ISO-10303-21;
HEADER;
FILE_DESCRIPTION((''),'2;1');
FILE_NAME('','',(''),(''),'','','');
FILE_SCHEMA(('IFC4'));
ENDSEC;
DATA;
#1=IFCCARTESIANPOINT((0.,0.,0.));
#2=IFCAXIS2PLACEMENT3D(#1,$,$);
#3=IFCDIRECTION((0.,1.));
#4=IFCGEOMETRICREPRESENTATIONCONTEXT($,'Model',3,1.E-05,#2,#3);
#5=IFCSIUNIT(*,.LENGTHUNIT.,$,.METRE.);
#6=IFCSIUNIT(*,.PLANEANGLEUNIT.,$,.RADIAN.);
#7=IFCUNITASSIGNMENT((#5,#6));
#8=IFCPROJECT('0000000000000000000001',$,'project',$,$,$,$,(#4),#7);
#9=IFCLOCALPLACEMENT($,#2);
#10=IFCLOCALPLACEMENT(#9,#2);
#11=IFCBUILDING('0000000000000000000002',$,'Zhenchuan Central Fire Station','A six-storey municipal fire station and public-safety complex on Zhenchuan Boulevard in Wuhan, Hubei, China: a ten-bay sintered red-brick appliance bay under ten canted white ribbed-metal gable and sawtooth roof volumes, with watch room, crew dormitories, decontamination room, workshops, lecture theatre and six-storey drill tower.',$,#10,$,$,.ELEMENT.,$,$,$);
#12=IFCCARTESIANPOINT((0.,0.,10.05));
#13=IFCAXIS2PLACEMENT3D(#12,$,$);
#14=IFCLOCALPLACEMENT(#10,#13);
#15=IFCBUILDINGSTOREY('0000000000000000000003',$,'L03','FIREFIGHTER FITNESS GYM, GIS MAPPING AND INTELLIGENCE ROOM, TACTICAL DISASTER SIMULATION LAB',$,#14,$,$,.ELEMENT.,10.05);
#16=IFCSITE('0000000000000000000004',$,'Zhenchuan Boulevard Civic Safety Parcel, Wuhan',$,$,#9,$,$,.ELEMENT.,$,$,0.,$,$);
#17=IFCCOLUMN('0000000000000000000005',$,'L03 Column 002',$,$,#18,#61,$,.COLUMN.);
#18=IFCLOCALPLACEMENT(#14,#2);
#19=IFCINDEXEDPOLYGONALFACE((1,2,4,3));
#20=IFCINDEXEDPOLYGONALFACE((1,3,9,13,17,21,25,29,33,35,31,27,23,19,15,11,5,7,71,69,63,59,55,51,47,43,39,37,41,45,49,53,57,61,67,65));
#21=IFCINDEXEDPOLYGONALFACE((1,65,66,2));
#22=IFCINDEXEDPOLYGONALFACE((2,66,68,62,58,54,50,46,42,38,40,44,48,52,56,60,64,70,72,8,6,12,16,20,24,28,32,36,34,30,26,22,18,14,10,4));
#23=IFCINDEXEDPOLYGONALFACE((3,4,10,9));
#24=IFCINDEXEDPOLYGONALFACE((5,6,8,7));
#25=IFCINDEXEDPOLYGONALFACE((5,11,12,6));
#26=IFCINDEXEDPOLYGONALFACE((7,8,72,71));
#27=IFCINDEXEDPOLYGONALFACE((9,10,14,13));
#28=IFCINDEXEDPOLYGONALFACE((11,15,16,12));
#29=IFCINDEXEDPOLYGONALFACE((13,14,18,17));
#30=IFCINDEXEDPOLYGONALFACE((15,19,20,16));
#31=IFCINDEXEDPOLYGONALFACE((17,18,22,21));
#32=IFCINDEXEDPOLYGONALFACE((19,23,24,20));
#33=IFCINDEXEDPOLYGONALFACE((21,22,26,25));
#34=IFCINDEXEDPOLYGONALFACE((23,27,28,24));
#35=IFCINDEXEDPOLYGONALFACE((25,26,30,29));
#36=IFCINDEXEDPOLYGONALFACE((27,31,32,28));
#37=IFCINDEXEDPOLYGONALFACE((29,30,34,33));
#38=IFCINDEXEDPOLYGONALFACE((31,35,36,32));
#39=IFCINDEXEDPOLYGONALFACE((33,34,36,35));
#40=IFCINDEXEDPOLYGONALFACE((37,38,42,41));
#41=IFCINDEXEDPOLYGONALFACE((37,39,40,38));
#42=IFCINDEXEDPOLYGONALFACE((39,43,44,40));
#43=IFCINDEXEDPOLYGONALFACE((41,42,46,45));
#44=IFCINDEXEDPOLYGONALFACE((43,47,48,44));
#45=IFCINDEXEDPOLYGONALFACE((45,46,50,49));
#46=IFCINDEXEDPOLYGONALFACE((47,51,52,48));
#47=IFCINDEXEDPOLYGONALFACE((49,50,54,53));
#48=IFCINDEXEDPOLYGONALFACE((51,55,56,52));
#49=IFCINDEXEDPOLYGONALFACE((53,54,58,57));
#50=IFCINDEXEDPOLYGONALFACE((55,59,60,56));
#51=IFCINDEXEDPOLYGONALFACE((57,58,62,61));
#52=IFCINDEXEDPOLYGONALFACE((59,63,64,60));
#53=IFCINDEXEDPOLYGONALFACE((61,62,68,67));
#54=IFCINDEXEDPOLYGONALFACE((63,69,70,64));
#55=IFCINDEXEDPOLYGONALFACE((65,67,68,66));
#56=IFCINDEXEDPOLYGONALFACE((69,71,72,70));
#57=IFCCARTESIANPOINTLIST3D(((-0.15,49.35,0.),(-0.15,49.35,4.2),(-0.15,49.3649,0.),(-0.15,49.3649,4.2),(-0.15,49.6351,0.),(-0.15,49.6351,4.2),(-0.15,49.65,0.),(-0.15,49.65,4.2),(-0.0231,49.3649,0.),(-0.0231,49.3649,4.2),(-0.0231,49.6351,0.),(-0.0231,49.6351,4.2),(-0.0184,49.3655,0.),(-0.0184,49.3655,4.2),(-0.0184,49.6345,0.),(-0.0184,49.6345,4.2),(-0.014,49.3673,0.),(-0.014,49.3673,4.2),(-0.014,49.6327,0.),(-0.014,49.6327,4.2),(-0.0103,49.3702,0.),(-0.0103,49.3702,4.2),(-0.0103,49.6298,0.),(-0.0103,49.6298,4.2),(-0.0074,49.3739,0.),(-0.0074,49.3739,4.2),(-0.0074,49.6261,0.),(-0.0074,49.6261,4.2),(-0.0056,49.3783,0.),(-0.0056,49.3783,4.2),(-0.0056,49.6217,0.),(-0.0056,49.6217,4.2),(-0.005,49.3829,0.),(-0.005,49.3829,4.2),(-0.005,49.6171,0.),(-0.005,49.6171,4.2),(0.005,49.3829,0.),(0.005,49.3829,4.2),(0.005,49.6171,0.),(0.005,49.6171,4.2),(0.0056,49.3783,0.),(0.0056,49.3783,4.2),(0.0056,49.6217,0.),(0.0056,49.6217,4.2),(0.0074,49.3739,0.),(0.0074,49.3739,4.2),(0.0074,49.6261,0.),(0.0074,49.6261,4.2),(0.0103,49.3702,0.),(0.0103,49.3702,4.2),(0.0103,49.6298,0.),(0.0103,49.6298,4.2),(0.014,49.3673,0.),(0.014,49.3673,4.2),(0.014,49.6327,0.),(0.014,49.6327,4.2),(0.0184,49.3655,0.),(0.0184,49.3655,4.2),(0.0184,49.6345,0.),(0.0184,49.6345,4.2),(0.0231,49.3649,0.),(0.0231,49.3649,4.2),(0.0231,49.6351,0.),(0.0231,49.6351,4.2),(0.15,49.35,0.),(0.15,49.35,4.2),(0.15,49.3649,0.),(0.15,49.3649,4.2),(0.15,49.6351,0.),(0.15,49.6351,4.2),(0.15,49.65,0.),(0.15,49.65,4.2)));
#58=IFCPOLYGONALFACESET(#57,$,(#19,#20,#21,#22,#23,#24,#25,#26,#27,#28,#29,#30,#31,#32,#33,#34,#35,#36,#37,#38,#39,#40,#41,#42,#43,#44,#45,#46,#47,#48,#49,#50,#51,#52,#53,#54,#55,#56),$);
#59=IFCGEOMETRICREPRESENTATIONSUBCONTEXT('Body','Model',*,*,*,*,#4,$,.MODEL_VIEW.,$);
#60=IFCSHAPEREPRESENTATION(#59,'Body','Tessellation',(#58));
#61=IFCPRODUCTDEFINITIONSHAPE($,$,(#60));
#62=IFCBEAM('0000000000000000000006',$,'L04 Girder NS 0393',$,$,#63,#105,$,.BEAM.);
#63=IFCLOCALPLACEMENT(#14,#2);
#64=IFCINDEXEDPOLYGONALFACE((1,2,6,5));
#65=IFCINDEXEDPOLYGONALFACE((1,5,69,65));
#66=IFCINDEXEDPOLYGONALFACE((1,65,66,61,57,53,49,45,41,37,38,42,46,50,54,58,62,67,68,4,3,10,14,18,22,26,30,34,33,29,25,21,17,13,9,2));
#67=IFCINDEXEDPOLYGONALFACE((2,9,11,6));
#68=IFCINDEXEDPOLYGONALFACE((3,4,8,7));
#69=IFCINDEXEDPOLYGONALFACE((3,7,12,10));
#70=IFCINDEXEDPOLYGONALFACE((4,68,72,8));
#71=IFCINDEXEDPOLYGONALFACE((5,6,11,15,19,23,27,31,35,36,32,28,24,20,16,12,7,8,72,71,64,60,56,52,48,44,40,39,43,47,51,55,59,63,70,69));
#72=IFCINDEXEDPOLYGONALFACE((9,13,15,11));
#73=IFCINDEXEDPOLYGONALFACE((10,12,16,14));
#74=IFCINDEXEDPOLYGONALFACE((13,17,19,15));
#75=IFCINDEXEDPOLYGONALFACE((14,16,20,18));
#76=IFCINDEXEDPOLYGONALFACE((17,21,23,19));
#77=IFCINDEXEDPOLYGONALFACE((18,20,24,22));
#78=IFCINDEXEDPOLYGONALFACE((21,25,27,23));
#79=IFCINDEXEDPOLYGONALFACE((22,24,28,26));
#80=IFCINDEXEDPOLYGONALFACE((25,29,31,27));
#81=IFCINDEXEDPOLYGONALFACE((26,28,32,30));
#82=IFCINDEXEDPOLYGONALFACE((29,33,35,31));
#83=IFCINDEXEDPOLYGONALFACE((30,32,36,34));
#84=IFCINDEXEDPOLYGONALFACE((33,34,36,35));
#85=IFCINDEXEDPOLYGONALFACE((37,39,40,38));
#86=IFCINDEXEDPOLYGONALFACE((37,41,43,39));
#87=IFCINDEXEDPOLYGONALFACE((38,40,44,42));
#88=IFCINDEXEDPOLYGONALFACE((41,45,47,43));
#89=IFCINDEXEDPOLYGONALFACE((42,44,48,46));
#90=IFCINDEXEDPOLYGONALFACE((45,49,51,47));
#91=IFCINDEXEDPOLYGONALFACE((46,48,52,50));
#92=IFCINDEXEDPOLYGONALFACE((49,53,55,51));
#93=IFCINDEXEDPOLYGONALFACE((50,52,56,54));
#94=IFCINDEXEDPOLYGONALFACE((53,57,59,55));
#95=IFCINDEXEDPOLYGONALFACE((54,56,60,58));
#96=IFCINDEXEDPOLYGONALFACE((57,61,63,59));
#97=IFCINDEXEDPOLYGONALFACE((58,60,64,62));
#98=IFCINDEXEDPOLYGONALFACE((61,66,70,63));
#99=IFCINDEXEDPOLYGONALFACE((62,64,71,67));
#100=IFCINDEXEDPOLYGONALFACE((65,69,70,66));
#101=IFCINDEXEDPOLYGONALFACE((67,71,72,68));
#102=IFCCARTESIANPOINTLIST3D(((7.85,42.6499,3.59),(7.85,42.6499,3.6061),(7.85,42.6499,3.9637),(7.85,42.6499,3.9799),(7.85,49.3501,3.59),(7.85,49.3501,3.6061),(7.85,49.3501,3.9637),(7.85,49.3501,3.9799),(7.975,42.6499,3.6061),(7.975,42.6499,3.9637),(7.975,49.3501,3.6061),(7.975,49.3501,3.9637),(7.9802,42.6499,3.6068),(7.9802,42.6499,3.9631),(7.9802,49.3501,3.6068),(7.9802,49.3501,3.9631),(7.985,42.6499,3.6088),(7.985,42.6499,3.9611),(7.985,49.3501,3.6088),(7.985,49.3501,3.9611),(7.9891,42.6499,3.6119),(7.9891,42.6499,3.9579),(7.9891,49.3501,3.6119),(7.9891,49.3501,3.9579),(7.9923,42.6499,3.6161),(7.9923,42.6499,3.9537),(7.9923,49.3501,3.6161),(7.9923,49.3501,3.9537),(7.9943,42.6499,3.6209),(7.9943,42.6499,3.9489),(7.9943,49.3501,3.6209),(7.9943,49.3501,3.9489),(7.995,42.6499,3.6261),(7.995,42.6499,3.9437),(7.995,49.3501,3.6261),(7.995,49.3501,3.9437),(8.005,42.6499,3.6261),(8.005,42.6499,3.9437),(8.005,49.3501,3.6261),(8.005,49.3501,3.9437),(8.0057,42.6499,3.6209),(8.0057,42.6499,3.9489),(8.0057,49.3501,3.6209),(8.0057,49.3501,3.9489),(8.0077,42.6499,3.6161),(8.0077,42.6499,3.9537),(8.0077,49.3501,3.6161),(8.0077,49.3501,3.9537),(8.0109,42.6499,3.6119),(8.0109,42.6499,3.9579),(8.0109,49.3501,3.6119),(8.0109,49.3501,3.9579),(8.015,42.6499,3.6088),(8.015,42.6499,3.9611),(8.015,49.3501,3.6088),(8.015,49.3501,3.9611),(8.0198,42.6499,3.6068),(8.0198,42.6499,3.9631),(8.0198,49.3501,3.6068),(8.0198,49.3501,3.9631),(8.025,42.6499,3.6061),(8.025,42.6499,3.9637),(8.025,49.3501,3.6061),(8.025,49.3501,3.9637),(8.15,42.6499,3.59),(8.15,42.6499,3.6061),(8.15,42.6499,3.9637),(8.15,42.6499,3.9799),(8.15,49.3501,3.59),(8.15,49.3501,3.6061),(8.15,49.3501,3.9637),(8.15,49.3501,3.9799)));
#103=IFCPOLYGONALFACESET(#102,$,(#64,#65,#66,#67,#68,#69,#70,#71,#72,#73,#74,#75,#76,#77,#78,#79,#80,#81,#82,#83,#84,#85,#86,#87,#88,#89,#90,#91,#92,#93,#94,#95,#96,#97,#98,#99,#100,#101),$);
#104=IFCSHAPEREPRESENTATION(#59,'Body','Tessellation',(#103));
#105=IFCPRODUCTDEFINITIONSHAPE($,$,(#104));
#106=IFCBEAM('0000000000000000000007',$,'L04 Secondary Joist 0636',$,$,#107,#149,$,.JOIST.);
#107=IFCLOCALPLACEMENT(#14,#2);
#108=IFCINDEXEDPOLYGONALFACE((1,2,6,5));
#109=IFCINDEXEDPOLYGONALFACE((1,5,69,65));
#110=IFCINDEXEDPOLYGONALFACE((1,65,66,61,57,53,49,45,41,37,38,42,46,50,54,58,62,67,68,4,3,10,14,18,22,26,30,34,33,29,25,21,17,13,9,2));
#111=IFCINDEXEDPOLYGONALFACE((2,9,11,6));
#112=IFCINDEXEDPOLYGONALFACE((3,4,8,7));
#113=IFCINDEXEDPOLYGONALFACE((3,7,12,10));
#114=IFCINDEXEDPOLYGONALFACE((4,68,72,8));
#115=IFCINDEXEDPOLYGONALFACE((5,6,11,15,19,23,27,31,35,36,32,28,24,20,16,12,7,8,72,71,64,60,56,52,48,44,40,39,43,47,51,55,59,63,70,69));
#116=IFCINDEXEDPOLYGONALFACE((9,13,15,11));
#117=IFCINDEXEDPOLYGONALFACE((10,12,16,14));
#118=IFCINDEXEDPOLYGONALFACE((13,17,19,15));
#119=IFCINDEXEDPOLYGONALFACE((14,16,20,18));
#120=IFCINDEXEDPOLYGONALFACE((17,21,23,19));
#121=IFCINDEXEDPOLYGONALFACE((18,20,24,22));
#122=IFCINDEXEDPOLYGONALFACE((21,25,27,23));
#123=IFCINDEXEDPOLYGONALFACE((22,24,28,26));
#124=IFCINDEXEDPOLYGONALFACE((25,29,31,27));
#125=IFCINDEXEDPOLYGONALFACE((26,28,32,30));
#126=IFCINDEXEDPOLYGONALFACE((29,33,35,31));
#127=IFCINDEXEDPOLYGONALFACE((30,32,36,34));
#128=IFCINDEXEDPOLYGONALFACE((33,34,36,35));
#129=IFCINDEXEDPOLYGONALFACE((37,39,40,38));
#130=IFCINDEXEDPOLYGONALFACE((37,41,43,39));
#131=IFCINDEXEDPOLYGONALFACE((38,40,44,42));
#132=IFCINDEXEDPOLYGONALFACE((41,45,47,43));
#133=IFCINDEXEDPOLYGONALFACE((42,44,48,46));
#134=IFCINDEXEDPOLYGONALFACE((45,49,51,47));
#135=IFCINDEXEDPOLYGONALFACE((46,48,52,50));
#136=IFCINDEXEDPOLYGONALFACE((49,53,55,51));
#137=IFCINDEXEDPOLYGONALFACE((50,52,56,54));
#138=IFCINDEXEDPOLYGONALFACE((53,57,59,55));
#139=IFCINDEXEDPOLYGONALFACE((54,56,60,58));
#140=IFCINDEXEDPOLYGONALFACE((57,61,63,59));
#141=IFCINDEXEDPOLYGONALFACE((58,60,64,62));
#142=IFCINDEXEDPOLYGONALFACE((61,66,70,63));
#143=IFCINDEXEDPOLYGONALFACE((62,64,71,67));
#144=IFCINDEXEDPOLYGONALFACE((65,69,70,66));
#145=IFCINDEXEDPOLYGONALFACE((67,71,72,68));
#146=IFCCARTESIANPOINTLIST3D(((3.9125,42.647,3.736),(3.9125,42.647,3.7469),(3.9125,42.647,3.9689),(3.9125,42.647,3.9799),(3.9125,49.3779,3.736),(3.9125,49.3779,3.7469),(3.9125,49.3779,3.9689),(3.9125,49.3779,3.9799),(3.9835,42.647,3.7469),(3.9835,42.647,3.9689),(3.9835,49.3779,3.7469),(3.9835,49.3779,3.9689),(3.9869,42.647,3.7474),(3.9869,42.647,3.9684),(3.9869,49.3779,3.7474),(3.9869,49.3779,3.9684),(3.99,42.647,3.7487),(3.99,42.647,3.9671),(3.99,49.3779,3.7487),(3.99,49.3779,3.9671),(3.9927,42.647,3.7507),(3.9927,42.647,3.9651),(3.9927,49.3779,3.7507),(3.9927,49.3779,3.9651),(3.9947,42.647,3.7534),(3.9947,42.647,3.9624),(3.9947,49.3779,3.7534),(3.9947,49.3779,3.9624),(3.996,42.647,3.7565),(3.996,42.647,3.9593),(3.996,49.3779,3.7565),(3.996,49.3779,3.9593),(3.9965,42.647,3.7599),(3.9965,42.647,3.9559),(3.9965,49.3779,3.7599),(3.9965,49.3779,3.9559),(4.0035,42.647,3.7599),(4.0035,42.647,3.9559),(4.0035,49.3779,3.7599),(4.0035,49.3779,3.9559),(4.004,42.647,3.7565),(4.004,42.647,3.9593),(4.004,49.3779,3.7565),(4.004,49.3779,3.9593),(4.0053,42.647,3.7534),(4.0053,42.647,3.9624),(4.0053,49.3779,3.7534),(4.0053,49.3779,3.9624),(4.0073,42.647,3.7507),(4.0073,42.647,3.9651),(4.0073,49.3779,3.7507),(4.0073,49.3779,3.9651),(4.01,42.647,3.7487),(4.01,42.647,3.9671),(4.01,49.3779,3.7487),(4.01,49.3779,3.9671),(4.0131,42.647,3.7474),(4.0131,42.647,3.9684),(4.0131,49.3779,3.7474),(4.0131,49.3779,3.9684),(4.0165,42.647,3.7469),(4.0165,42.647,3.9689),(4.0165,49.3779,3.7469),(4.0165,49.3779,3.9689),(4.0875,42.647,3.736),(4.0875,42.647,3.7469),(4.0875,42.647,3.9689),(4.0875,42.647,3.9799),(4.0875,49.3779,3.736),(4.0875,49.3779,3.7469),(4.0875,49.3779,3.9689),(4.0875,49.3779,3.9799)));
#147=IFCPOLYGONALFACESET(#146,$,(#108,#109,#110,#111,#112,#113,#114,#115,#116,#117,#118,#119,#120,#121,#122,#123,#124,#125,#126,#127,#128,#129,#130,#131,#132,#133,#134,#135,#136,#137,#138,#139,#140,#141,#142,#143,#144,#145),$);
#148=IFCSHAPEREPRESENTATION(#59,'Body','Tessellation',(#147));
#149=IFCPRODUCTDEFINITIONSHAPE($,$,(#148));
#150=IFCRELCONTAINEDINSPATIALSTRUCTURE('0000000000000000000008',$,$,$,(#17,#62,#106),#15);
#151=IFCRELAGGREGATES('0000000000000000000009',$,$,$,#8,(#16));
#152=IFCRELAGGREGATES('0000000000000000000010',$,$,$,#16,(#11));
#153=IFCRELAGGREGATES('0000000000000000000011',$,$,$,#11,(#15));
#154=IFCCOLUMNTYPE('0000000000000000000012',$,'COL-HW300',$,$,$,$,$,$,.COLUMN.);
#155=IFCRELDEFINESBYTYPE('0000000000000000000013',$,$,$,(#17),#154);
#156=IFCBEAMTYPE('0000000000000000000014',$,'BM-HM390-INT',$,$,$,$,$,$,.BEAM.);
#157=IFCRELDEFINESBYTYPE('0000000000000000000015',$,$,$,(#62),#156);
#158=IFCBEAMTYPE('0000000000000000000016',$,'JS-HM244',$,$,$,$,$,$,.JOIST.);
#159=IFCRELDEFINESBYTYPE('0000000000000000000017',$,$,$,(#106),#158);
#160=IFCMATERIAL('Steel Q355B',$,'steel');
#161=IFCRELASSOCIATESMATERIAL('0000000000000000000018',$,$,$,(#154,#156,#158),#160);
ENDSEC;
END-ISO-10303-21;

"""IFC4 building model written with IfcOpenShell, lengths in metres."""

from ifc_helpers import new_model, si_unit, direction, frame, origin, origin_2d, place, context, subcontext, project, spatial, i_section, extrude, material, material_profile, profile_set, type_object, element, save


model = new_model("IFC4")

# Units and contexts
model_context = context("Model", 3, precision=1e-05, world=origin(), true_north=direction((0.0, 1.0)))
body_context = subcontext(model_context, "Body", "Model", "MODEL_VIEW")
ifc_project = project(units=[si_unit("LENGTHUNIT", "METRE"), si_unit("PLANEANGLEUNIT", "RADIAN")], contexts=[model_context])

# Site, building, storey
site_placement = place(None, origin())
site = spatial("IfcSite", under=ifc_project, at=site_placement, Name="Zhenchuan Boulevard Civic Safety Parcel, Wuhan", CompositionType="ELEMENT", RefElevation=0.0)
building_placement = place(site_placement, origin())
building = spatial("IfcBuilding", under=site, at=building_placement, Name="Zhenchuan Central Fire Station", Description="A six-storey municipal fire station and public-safety complex on Zhenchuan Boulevard in Wuhan, Hubei, China: a ten-bay sintered red-brick appliance bay under ten canted white ribbed-metal gable and sawtooth roof volumes, with watch room, crew dormitories, decontamination room, workshops, lecture theatre and six-storey drill tower.", CompositionType="ELEMENT")
storey_placement = place(building_placement, frame((0.0, 0.0, 10.05)))
storey = spatial("IfcBuildingStorey", under=building, at=storey_placement, Name="L03", Description="FIREFIGHTER FITNESS GYM, GIS MAPPING AND INTELLIGENCE ROOM, TACTICAL DISASTER SIMULATION LAB", CompositionType="ELEMENT", Elevation=10.05)

# Column
ifc_material_1 = material(Name="Steel Q355B", Category="steel")
ifc_material_profile_1 = material_profile(ifc_material_1, i_section(OverallWidth=0.3, OverallDepth=0.3, WebThickness=0.01, FlangeThickness=0.0149, FilletRadius=0.0181, at=origin_2d()), Name="HW 300x300")
ifc_profile_set_1 = profile_set([ifc_material_profile_1], Name="Steel Q355B")
column_type = type_object("IfcColumnType", Name="COL-HW300", PredefinedType="COLUMN", material=ifc_profile_set_1)
column_placement = place(storey_placement, frame((0.0, 49.5, 0.0), z_axis=(0.0, 0.0, 1.0), x_axis=(1.0, 0.0, 0.0)))
element("IfcColumn", 1, at=column_placement, inside=storey, type_object=column_type, Name="L03 Column 002", PredefinedType="COLUMN", context=body_context, shape_type="SweptSolid", body=[
    extrude(i_section(OverallWidth=0.3, OverallDepth=0.3, WebThickness=0.01, FlangeThickness=0.0149, FilletRadius=0.0181, at=origin_2d()), origin(), (0.0, 0.0, 1.0), 4.2),
])

# Beams
ifc_material_profile_2 = material_profile(ifc_material_1, i_section(OverallWidth=0.3, OverallDepth=0.3899, WebThickness=0.01, FlangeThickness=0.0161, FilletRadius=0.02, at=origin_2d()), Name="HM 390x300")
ifc_profile_set_2 = profile_set([ifc_material_profile_2], Name="Steel Q355B")
beam_type_1 = type_object("IfcBeamType", Name="BM-HM390-INT", PredefinedType="BEAM", material=ifc_profile_set_2)
beam_1_placement = place(storey_placement, frame((8.0, 42.6499, 3.7849), z_axis=(0.0, 1.0, 0.0), x_axis=(-1.0, 0.0, 0.0)))
element("IfcBeam", 2, at=beam_1_placement, inside=storey, type_object=beam_type_1, Name="L04 Girder NS 0393", PredefinedType="BEAM", context=body_context, shape_type="SweptSolid", body=[
    extrude(i_section(OverallWidth=0.3, OverallDepth=0.3899, WebThickness=0.01, FlangeThickness=0.0161, FilletRadius=0.02, at=origin_2d()), origin(), (0.0, 0.0, 1.0), 6.7002),
])
ifc_material_profile_3 = material_profile(ifc_material_1, i_section(OverallWidth=0.175, OverallDepth=0.2439, WebThickness=0.0071, FlangeThickness=0.011, FilletRadius=0.0129, at=origin_2d()), Name="HM 244x175")
ifc_profile_set_3 = profile_set([ifc_material_profile_3], Name="Steel Q355B")
beam_type_2 = type_object("IfcBeamType", Name="JS-HM244", PredefinedType="JOIST", material=ifc_profile_set_3)
beam_2_placement = place(storey_placement, frame((4.0, 42.647, 3.8579), z_axis=(0.0, 1.0, 0.0), x_axis=(-1.0, 0.0, 0.0)))
element("IfcBeam", 3, at=beam_2_placement, inside=storey, type_object=beam_type_2, Name="L04 Secondary Joist 0636", PredefinedType="JOIST", context=body_context, shape_type="SweptSolid", body=[
    extrude(i_section(OverallWidth=0.175, OverallDepth=0.2439, WebThickness=0.0071, FlangeThickness=0.011, FilletRadius=0.0129, at=origin_2d()), origin(), (0.0, 0.0, 1.0), 6.731),
])

save(model, "model.ifc")
